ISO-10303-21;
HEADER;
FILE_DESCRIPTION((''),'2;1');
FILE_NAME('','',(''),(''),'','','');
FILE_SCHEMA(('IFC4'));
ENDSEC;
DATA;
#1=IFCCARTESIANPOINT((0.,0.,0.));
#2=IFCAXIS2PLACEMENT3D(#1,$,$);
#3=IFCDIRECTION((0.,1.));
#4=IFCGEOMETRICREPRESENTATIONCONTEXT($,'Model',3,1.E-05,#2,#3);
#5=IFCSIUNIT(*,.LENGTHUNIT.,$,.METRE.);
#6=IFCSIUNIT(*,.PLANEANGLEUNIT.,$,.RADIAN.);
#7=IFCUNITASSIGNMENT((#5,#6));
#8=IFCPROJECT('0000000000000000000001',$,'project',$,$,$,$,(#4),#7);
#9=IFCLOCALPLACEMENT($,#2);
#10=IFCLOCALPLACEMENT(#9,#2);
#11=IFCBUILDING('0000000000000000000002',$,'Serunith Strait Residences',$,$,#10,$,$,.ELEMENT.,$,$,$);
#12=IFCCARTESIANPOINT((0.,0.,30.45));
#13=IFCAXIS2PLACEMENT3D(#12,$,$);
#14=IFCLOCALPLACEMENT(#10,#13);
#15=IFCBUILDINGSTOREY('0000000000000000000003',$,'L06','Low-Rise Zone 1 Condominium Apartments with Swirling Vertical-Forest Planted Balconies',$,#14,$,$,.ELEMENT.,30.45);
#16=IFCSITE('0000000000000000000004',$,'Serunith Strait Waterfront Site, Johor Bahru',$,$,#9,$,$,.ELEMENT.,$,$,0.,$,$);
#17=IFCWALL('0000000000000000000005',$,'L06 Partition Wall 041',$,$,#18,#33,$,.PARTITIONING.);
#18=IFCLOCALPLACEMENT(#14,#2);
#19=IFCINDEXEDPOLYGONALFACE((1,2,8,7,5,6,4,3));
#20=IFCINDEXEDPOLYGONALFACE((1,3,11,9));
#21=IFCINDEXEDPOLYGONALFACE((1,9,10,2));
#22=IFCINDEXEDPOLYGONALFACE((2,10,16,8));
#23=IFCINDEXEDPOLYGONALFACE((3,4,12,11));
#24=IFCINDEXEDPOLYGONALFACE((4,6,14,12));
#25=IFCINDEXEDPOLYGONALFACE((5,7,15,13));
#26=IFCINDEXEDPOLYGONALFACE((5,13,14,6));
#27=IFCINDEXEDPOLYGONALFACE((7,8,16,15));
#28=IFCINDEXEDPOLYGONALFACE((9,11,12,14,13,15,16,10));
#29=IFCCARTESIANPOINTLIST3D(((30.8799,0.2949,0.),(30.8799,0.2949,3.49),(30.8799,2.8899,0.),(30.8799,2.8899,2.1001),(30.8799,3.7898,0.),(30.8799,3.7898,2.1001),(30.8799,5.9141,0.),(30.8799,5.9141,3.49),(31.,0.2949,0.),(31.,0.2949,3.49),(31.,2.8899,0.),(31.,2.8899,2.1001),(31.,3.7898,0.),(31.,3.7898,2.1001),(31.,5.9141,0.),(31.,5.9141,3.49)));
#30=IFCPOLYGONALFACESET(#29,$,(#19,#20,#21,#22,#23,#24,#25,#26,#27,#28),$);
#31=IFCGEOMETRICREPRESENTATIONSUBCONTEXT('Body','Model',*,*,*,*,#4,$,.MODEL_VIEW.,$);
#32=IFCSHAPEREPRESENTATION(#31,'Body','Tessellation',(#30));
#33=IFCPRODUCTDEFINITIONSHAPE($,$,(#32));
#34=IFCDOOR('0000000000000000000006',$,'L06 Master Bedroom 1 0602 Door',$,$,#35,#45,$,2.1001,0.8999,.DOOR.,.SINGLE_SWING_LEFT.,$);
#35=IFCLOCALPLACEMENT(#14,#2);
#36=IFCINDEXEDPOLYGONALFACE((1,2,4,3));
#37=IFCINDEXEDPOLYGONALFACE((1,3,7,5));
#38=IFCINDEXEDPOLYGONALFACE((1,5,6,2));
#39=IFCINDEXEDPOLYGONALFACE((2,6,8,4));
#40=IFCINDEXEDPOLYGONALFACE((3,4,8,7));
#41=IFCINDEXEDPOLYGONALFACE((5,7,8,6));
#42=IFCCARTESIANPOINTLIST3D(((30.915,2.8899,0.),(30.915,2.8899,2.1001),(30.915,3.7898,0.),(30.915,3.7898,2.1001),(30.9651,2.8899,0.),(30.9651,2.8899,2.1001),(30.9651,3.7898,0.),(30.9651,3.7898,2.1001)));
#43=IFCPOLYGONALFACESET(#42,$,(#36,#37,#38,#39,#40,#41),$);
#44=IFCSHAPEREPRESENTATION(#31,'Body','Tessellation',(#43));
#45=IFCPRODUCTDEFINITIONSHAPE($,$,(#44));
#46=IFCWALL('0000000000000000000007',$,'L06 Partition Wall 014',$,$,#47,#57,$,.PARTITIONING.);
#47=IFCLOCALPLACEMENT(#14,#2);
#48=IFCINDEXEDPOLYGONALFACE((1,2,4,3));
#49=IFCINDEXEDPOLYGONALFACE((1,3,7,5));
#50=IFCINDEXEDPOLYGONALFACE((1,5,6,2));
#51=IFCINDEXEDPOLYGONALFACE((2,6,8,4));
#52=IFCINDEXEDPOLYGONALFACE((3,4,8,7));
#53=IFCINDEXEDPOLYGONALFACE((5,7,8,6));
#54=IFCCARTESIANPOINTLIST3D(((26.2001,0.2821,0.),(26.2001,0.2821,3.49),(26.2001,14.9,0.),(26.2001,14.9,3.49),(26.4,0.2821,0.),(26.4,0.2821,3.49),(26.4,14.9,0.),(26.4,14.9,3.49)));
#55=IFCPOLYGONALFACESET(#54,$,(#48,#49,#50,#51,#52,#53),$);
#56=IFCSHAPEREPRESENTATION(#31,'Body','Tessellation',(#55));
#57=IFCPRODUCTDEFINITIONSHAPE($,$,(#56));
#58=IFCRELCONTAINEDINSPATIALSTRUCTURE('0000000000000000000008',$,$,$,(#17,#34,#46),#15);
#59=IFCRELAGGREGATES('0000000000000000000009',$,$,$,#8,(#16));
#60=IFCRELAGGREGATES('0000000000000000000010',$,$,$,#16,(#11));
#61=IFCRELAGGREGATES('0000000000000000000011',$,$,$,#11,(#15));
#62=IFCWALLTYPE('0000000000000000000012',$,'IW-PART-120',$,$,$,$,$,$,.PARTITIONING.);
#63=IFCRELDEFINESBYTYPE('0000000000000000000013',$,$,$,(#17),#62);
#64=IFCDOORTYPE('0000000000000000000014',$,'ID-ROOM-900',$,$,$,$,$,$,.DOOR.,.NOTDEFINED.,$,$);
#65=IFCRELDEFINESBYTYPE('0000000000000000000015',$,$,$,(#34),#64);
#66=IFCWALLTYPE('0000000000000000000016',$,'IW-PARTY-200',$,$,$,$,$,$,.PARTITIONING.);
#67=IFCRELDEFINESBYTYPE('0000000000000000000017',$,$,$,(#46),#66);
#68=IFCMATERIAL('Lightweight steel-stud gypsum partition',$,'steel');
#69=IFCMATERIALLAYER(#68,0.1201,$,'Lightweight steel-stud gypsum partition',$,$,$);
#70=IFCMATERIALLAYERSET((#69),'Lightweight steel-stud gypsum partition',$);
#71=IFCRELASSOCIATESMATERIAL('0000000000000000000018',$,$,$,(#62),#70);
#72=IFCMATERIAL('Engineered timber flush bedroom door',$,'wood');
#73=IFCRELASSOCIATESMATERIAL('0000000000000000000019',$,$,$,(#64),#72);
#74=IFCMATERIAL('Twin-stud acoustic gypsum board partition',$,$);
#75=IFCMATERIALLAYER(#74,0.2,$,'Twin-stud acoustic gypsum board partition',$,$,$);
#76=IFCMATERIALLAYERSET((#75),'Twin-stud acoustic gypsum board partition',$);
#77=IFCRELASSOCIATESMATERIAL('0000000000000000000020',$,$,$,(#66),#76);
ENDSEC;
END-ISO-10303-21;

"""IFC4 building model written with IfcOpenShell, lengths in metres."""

from ifc_helpers import new_model, si_unit, direction, frame, frame_2d, origin, place, context, subcontext, project, spatial, rectangle, extrude, source, transform, mapped, material, layer, layer_set, type_object, element, fill, save


model = new_model("IFC4")

# Units and contexts
model_context = context("Model", 3, precision=1e-05, world=origin(), true_north=direction((0.0, 1.0)))
body_context = subcontext(model_context, "Body", "Model", "MODEL_VIEW")
ifc_project = project(units=[si_unit("LENGTHUNIT", "METRE"), si_unit("PLANEANGLEUNIT", "RADIAN")], contexts=[model_context])

# Site, building, storey
site_placement = place(None, origin())
site = spatial("IfcSite", under=ifc_project, at=site_placement, Name="Serunith Strait Waterfront Site, Johor Bahru", CompositionType="ELEMENT", RefElevation=0.0)
building_placement = place(site_placement, origin())
building = spatial("IfcBuilding", under=site, at=building_placement, Name="Serunith Strait Residences", CompositionType="ELEMENT")
storey_placement = place(building_placement, frame((0.0, 0.0, 30.45)))
storey = spatial("IfcBuildingStorey", under=building, at=storey_placement, Name="L06", Description="Low-Rise Zone 1 Condominium Apartments with Swirling Vertical-Forest Planted Balconies", CompositionType="ELEMENT", Elevation=30.45)

# Shared definitions
ifc_material_1 = material(Name="Lightweight steel-stud gypsum partition", Category="steel")
ifc_layer_1 = layer(ifc_material_1, 0.1201, Name="Lightweight steel-stud gypsum partition")
ifc_layer_set_1 = layer_set([ifc_layer_1], Name="Lightweight steel-stud gypsum partition")
wall_type_1 = type_object("IfcWallType", Name="IW-PART-120", PredefinedType="PARTITIONING", material=ifc_layer_set_1)

# Shared definitions
ifc_material_2 = material(Name="Engineered timber flush bedroom door", Category="wood")
door_type_1 = type_object("IfcDoorType", Name="ID-ROOM-900", OperationType="NOTDEFINED", PredefinedType="DOOR", material=ifc_material_2)
shared_shape_1 = source(origin(), body_context, "Body", "SweptSolid", [
    extrude(rectangle(XDim=0.8999, YDim=2.1001, at=frame_2d((0.45, 1.05))), frame((0.0, 0.0249, 0.0), z_axis=(0.0, -1.0, 0.0), x_axis=(1.0, 0.0, 0.0)), (0.0, 0.0, 1.0), 0.05),
])

# Wall, opening, door
wall_1_placement = place(storey_placement, frame((30.9399, 0.2949, 0.0), z_axis=(0.0, 0.0, 1.0), x_axis=(0.0, 1.0, 0.0)))
wall_1 = element("IfcWall", 1, at=wall_1_placement, inside=storey, type_object=wall_type_1, Name="L06 Partition Wall 041", PredefinedType="PARTITIONING", context=body_context, shape_type="SweptSolid", body=[
    extrude(rectangle(XDim=5.6191, YDim=0.1201, at=frame_2d((2.8096, 0.0))), origin(), (0.0, 0.0, 1.0), 3.49),
])
opening_1_placement = place(wall_1_placement, frame((2.595, 0.0, 0.0)))
opening_1 = element("IfcOpeningElement", 2, at=opening_1_placement, cuts=wall_1, PredefinedType="OPENING", context=body_context, shape_type="SweptSolid", body=[
    extrude(rectangle(XDim=0.8999, YDim=2.1001, at=frame_2d((0.45, 1.05))), frame((0.0, 0.0701, 0.0), z_axis=(0.0, -1.0, 0.0), x_axis=(1.0, 0.0, 0.0)), (0.0, 0.0, 1.0), 0.1401),
])
door_1_placement = place(opening_1_placement, origin())
door_1 = element("IfcDoor", 3, at=door_1_placement, inside=storey, type_object=door_type_1, Name="L06 Master Bedroom 1 0602 Door", OperationType="SINGLE_SWING_LEFT", OverallHeight=2.1001, OverallWidth=0.8999, PredefinedType="DOOR", context=body_context, shape_type="MappedRepresentation", body=[
    mapped(shared_shape_1, transform((0.0, 0.0, 0.0), scale=1.0)),
])
fill(opening_1, door_1)

# Wall
ifc_material_3 = material(Name="Twin-stud acoustic gypsum board partition")
ifc_layer_2 = layer(ifc_material_3, 0.2, Name="Twin-stud acoustic gypsum board partition")
ifc_layer_set_2 = layer_set([ifc_layer_2], Name="Twin-stud acoustic gypsum board partition")
wall_type_2 = type_object("IfcWallType", Name="IW-PARTY-200", PredefinedType="PARTITIONING", material=ifc_layer_set_2)
wall_2_placement = place(storey_placement, frame((26.3, 0.282, 0.0), z_axis=(0.0, 0.0, 1.0), x_axis=(0.0, 1.0, 0.0)))
element("IfcWall", 4, at=wall_2_placement, inside=storey, type_object=wall_type_2, Name="L06 Partition Wall 014", PredefinedType="PARTITIONING", context=body_context, shape_type="SweptSolid", body=[
    extrude(rectangle(XDim=14.6179, YDim=0.2, at=frame_2d((7.3091, 0.0))), origin(), (0.0, 0.0, 1.0), 3.49),
])

save(model, "model.ifc")
